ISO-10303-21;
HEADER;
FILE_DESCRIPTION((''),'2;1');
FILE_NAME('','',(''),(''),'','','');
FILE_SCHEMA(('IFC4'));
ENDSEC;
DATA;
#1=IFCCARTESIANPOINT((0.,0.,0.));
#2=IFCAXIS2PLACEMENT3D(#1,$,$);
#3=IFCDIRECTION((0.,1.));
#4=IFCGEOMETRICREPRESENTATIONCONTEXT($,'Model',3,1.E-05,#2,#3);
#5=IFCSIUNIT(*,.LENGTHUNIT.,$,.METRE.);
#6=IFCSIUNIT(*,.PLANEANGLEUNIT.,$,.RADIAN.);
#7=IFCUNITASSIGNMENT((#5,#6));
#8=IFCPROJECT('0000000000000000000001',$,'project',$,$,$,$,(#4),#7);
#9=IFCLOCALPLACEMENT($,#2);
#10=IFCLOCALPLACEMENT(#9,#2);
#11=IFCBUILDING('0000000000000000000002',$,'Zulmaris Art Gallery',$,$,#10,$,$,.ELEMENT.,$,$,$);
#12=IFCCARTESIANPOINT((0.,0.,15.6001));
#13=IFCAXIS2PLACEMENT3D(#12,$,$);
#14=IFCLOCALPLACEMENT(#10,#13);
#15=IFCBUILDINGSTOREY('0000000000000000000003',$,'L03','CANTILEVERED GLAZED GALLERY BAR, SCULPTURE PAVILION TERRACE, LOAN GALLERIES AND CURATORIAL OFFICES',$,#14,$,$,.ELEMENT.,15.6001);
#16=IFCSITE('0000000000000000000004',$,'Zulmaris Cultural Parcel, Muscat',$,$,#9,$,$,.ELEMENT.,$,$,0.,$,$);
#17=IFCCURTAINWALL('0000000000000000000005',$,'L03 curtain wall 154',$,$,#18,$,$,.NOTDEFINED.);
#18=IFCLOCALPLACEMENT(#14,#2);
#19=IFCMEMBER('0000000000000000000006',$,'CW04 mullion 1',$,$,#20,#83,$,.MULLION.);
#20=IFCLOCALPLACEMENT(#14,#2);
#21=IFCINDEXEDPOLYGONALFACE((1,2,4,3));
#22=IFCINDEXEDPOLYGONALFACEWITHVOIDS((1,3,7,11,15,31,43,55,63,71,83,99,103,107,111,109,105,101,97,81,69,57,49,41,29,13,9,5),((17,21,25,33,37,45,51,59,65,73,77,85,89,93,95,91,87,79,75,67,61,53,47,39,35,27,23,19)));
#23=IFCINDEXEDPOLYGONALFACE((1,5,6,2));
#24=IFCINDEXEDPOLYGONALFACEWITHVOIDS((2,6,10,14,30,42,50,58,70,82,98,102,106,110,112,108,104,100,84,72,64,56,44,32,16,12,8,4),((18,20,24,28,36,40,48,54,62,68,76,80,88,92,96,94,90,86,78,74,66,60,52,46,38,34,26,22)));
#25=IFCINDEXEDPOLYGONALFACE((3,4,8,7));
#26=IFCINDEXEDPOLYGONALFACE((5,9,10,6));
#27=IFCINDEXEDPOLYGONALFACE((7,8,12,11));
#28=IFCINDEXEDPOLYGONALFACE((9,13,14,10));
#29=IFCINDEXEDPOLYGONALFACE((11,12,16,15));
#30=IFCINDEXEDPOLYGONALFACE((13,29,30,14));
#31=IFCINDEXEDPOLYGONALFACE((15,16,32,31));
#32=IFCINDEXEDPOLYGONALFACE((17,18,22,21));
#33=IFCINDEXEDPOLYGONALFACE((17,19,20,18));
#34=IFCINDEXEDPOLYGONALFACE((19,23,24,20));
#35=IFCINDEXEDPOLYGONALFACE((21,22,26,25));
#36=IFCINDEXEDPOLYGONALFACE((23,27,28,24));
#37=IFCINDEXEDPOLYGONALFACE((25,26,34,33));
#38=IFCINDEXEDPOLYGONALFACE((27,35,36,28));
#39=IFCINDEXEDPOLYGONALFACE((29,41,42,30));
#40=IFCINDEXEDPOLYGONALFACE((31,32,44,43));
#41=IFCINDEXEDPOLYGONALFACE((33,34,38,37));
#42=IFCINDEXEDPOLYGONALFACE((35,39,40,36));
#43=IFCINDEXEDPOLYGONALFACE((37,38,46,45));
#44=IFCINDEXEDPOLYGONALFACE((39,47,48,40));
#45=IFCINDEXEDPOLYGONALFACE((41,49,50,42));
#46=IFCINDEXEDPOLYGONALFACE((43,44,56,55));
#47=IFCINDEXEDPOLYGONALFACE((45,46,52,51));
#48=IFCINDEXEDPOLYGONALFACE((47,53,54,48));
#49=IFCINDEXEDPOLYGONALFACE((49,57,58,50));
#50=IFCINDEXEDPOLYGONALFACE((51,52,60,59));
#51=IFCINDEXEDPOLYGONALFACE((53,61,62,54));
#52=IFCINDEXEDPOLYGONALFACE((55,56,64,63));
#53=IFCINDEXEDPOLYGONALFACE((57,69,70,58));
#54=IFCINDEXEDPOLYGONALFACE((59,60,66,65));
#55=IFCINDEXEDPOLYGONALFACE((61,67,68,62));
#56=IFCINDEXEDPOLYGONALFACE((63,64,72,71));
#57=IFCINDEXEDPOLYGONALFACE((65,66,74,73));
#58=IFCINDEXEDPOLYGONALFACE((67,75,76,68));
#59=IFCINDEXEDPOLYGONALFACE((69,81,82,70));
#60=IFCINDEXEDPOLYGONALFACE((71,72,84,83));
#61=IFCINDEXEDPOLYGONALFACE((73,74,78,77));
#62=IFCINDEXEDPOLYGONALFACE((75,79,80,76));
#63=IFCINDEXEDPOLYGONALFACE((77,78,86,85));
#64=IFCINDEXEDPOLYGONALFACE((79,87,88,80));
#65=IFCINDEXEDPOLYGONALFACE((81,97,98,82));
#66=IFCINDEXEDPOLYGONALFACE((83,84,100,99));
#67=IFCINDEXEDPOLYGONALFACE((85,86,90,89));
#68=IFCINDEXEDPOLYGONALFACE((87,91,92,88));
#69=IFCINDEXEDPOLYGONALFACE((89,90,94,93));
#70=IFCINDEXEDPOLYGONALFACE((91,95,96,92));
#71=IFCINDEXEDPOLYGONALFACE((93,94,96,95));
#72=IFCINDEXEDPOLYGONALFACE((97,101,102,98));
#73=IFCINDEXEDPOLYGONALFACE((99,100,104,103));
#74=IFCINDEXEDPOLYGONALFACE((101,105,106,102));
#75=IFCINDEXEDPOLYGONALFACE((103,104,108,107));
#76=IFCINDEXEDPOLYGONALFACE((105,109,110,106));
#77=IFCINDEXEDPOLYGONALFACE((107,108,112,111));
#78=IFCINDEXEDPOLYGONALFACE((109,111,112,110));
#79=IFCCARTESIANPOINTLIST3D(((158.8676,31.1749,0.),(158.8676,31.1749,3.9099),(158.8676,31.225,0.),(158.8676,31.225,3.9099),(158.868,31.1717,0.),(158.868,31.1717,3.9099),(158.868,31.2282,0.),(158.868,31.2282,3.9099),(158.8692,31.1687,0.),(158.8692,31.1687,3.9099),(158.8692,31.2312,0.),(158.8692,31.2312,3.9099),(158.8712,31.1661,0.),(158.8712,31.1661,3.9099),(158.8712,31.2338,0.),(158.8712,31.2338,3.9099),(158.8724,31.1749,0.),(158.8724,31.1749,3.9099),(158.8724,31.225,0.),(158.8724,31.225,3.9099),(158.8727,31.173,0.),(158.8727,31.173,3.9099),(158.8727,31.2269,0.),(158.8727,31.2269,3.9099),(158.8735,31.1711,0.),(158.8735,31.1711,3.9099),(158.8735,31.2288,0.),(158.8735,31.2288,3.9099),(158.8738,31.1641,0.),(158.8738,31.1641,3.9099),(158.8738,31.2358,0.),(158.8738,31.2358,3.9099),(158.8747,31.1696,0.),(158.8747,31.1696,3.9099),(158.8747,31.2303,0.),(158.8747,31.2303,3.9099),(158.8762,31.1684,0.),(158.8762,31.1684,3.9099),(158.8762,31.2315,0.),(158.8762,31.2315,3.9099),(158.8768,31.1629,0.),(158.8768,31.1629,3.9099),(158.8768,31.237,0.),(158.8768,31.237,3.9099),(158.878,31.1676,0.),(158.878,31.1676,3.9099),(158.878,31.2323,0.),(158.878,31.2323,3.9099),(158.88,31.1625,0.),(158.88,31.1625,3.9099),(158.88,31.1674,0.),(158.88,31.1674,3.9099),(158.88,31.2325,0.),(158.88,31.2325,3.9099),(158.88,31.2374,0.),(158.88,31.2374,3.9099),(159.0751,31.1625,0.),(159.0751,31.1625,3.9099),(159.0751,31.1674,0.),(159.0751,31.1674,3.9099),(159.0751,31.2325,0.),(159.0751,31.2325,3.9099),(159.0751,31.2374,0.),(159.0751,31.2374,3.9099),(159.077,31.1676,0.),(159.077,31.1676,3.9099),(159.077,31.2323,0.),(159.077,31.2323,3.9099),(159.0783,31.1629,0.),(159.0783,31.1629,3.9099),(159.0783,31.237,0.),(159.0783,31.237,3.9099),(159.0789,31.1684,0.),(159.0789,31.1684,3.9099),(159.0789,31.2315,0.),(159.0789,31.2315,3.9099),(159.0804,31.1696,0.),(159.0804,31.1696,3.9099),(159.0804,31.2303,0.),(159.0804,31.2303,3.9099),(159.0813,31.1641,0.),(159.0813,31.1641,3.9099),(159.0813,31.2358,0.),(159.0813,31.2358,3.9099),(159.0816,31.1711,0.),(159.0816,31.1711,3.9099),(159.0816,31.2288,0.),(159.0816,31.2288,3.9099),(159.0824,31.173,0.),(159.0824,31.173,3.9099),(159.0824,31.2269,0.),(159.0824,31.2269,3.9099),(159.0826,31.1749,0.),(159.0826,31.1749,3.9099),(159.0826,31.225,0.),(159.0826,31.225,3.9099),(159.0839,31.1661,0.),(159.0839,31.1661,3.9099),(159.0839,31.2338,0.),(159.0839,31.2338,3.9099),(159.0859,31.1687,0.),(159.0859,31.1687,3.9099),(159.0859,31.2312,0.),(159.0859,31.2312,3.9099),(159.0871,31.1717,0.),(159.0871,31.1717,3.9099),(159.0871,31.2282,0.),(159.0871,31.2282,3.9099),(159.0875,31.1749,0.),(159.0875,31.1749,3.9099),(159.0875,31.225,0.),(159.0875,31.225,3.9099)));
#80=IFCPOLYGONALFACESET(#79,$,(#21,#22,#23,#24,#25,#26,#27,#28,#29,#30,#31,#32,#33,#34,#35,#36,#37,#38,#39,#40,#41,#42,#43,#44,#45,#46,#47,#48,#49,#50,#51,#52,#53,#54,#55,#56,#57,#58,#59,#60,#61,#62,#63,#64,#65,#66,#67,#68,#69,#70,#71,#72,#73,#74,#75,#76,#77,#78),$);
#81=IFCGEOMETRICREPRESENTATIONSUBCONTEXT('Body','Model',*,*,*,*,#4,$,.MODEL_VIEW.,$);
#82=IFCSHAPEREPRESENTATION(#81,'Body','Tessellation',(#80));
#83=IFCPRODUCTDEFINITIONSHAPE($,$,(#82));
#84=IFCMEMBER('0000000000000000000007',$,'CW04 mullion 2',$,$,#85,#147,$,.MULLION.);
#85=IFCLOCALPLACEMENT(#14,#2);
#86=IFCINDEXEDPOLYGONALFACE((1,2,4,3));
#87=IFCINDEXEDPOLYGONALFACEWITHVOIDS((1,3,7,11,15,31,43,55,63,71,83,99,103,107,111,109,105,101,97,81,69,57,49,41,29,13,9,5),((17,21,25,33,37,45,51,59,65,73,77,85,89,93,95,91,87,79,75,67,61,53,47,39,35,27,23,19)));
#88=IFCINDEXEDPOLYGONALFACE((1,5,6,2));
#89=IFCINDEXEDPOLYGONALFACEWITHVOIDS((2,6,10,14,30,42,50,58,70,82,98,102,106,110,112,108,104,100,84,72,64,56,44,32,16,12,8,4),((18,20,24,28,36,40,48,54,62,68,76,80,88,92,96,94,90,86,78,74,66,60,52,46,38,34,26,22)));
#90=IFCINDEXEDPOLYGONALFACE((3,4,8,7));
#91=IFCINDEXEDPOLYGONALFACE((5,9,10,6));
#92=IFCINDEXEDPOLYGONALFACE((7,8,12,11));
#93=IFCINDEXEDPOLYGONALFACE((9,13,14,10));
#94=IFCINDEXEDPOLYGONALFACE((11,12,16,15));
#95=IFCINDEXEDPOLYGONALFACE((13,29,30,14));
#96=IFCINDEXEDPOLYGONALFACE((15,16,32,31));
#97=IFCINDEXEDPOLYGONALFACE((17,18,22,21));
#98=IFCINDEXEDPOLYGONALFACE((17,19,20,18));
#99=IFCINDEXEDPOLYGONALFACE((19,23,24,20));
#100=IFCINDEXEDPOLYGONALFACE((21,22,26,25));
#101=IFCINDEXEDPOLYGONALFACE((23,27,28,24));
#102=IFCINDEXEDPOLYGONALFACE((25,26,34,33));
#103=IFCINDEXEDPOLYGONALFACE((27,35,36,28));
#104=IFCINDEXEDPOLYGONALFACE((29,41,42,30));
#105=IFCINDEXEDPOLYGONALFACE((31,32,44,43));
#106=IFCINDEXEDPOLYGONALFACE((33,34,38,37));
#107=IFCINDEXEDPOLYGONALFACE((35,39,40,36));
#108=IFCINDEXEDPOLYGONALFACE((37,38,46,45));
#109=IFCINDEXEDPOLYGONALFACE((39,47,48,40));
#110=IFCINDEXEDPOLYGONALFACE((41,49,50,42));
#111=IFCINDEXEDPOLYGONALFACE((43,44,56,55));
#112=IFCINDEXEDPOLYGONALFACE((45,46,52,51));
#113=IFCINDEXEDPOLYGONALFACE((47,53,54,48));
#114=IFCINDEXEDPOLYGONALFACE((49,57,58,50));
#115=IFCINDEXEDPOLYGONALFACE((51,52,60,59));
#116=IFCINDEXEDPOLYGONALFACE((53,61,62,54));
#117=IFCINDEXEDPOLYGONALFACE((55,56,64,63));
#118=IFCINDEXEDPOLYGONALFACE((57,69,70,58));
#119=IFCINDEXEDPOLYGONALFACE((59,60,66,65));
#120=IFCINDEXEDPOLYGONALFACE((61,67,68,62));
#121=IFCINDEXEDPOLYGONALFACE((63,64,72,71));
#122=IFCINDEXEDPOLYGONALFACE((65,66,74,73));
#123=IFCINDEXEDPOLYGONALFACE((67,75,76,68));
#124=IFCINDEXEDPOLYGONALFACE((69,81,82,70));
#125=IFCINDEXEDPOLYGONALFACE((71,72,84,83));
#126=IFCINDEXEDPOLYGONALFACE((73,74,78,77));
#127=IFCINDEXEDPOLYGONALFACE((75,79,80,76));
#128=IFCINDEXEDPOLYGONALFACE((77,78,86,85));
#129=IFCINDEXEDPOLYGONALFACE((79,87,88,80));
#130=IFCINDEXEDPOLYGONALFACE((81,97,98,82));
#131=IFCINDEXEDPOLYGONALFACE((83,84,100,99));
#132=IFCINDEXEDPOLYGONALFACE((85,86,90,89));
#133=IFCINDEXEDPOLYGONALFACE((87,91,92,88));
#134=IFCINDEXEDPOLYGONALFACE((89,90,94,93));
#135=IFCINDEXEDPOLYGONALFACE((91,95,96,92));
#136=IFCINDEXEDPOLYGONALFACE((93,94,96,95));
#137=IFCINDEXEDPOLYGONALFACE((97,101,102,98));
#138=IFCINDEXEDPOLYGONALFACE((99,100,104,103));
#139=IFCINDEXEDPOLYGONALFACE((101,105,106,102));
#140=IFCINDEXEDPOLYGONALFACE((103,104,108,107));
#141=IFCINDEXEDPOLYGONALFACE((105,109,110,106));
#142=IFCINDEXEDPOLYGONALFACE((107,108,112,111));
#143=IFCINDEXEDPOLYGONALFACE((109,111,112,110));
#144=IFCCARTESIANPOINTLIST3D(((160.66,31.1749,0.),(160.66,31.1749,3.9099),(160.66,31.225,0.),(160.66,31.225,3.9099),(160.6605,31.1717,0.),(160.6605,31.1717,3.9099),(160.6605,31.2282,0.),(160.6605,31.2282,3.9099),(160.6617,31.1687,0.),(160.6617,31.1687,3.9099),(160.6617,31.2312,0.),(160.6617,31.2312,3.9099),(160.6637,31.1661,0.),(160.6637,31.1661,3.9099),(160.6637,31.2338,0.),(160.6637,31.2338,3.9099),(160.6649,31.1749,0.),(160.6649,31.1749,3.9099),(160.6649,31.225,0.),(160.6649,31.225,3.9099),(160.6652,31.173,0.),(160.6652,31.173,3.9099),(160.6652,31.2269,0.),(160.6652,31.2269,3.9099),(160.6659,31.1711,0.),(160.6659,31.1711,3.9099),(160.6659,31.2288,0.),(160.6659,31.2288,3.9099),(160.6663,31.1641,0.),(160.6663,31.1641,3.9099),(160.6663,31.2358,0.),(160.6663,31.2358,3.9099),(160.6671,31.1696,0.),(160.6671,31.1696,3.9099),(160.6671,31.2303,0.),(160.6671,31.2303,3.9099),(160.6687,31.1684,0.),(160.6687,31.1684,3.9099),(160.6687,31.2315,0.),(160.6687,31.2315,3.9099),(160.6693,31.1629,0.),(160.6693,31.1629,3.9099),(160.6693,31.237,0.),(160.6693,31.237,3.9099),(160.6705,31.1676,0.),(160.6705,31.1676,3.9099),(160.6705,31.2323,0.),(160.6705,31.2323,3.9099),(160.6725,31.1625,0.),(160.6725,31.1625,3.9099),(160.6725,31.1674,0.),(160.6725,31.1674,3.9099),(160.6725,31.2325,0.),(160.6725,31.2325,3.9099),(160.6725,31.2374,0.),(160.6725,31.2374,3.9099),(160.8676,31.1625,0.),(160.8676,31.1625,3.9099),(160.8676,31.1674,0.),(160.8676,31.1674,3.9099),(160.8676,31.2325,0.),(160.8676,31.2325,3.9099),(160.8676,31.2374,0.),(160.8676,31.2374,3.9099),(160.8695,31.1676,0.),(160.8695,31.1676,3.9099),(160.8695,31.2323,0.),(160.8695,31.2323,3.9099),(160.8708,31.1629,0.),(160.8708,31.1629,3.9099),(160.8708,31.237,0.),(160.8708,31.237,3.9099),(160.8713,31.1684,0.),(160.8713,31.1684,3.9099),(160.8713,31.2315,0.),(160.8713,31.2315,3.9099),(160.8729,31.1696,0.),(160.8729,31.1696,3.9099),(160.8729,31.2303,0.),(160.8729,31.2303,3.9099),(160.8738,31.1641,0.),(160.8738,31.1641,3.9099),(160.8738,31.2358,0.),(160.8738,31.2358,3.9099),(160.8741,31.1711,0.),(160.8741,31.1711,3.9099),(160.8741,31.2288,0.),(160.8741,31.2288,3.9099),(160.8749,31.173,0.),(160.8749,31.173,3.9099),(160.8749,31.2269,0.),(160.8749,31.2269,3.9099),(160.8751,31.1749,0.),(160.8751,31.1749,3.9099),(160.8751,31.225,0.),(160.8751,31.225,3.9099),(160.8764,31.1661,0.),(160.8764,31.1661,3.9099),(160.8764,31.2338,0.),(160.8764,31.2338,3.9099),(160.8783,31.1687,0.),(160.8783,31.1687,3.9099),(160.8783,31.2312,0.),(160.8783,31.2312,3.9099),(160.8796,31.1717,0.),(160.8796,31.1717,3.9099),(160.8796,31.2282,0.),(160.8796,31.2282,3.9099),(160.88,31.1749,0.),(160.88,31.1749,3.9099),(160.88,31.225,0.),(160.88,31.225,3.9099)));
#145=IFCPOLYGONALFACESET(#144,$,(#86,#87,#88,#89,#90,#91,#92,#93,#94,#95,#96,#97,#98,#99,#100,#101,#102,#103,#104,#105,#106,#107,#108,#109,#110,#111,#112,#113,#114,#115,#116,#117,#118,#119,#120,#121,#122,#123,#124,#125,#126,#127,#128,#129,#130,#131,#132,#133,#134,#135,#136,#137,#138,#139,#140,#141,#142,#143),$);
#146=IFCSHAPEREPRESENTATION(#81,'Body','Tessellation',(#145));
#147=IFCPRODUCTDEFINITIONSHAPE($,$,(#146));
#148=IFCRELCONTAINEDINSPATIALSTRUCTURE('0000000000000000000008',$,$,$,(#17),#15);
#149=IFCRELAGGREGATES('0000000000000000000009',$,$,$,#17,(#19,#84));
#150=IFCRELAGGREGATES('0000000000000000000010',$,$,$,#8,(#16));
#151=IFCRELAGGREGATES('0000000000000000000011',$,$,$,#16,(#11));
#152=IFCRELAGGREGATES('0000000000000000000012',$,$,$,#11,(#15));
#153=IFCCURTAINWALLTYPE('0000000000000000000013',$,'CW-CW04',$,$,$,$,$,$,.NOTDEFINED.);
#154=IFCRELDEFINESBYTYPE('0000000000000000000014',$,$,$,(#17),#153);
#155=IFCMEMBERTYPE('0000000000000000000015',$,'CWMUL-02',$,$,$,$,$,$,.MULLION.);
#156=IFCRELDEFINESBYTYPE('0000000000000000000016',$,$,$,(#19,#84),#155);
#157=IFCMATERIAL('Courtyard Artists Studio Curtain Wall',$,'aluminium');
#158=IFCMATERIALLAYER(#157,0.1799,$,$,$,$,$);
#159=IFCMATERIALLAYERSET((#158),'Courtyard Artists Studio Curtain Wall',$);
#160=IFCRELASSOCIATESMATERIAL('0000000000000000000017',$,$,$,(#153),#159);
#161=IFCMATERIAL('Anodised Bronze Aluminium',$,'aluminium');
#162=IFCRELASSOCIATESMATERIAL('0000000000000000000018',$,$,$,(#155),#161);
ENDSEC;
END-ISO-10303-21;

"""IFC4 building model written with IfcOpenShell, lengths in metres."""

from ifc_helpers import new_model, si_unit, direction, frame, origin, origin_2d, place, context, subcontext, project, spatial, hollow_rectangle, extrude, material, layer, layer_set, material_profile, profile_set, type_object, element, aggregate, save


model = new_model("IFC4")

# Units and contexts
model_context = context("Model", 3, precision=1e-05, world=origin(), true_north=direction((0.0, 1.0)))
body_context = subcontext(model_context, "Body", "Model", "MODEL_VIEW")
ifc_project = project(units=[si_unit("LENGTHUNIT", "METRE"), si_unit("PLANEANGLEUNIT", "RADIAN")], contexts=[model_context])

# Site, building, storey
site_placement = place(None, origin())
site = spatial("IfcSite", under=ifc_project, at=site_placement, Name="Zulmaris Cultural Parcel, Muscat", CompositionType="ELEMENT", RefElevation=0.0)
building_placement = place(site_placement, origin())
building = spatial("IfcBuilding", under=site, at=building_placement, Name="Zulmaris Art Gallery", CompositionType="ELEMENT")
storey_placement = place(building_placement, frame((0.0, 0.0, 15.6001)))
storey = spatial("IfcBuildingStorey", under=building, at=storey_placement, Name="L03", Description="CANTILEVERED GLAZED GALLERY BAR, SCULPTURE PAVILION TERRACE, LOAN GALLERIES AND CURATORIAL OFFICES", CompositionType="ELEMENT", Elevation=15.6001)

# Curtain wall, members
ifc_material_1 = material(Name="Courtyard Artists Studio Curtain Wall", Category="aluminium")
ifc_layer_1 = layer(ifc_material_1, 0.1799)
ifc_layer_set_1 = layer_set([ifc_layer_1], Name="Courtyard Artists Studio Curtain Wall")
curtain_wall_type = type_object("IfcCurtainWallType", Name="CW-CW04", PredefinedType="NOTDEFINED", material=ifc_layer_set_1)
curtain_wall_1_placement = place(storey_placement, origin())
curtain_wall_1 = element("IfcCurtainWall", 1, at=curtain_wall_1_placement, inside=storey, type_object=curtain_wall_type, Name="L03 curtain wall 154", PredefinedType="NOTDEFINED")
ifc_material_2 = material(Name="Anodised Bronze Aluminium", Category="aluminium")
ifc_material_profile_1 = material_profile(ifc_material_2, hollow_rectangle(XDim=0.075, YDim=0.22, WallThickness=0.0049, InnerFilletRadius=0.0076, OuterFilletRadius=0.0125, at=origin_2d()), Name="ALU 75x220x5")
ifc_profile_set_1 = profile_set([ifc_material_profile_1], Name="Anodised Bronze Aluminium")
member_type_1 = type_object("IfcMemberType", Name="CWMUL-02", PredefinedType="MULLION", material=ifc_profile_set_1)
member_1_placement = place(storey_placement, frame((158.9775, 31.2, 0.0), z_axis=(0.0, 0.0, 1.0), x_axis=(0.0, 1.0, 0.0)))
member_1 = element("IfcMember", 2, at=member_1_placement, type_object=member_type_1, Name="CW04 mullion 1", PredefinedType="MULLION", context=body_context, shape_type="SweptSolid", body=[
    extrude(hollow_rectangle(XDim=0.075, YDim=0.22, WallThickness=0.0049, InnerFilletRadius=0.0076, OuterFilletRadius=0.0125, at=origin_2d()), origin(), (0.0, 0.0, 1.0), 3.9099),
])
member_2_placement = place(storey_placement, frame((160.77, 31.2, 0.0), z_axis=(0.0, 0.0, 1.0), x_axis=(0.0, 1.0, 0.0)))
member_2 = element("IfcMember", 3, at=member_2_placement, type_object=member_type_1, Name="CW04 mullion 2", PredefinedType="MULLION", context=body_context, shape_type="SweptSolid", body=[
    extrude(hollow_rectangle(XDim=0.075, YDim=0.22, WallThickness=0.0049, InnerFilletRadius=0.0076, OuterFilletRadius=0.0125, at=origin_2d()), origin(), (0.0, 0.0, 1.0), 3.9099),
])

aggregate(curtain_wall_1, [member_1, member_2])

save(model, "model.ifc")
